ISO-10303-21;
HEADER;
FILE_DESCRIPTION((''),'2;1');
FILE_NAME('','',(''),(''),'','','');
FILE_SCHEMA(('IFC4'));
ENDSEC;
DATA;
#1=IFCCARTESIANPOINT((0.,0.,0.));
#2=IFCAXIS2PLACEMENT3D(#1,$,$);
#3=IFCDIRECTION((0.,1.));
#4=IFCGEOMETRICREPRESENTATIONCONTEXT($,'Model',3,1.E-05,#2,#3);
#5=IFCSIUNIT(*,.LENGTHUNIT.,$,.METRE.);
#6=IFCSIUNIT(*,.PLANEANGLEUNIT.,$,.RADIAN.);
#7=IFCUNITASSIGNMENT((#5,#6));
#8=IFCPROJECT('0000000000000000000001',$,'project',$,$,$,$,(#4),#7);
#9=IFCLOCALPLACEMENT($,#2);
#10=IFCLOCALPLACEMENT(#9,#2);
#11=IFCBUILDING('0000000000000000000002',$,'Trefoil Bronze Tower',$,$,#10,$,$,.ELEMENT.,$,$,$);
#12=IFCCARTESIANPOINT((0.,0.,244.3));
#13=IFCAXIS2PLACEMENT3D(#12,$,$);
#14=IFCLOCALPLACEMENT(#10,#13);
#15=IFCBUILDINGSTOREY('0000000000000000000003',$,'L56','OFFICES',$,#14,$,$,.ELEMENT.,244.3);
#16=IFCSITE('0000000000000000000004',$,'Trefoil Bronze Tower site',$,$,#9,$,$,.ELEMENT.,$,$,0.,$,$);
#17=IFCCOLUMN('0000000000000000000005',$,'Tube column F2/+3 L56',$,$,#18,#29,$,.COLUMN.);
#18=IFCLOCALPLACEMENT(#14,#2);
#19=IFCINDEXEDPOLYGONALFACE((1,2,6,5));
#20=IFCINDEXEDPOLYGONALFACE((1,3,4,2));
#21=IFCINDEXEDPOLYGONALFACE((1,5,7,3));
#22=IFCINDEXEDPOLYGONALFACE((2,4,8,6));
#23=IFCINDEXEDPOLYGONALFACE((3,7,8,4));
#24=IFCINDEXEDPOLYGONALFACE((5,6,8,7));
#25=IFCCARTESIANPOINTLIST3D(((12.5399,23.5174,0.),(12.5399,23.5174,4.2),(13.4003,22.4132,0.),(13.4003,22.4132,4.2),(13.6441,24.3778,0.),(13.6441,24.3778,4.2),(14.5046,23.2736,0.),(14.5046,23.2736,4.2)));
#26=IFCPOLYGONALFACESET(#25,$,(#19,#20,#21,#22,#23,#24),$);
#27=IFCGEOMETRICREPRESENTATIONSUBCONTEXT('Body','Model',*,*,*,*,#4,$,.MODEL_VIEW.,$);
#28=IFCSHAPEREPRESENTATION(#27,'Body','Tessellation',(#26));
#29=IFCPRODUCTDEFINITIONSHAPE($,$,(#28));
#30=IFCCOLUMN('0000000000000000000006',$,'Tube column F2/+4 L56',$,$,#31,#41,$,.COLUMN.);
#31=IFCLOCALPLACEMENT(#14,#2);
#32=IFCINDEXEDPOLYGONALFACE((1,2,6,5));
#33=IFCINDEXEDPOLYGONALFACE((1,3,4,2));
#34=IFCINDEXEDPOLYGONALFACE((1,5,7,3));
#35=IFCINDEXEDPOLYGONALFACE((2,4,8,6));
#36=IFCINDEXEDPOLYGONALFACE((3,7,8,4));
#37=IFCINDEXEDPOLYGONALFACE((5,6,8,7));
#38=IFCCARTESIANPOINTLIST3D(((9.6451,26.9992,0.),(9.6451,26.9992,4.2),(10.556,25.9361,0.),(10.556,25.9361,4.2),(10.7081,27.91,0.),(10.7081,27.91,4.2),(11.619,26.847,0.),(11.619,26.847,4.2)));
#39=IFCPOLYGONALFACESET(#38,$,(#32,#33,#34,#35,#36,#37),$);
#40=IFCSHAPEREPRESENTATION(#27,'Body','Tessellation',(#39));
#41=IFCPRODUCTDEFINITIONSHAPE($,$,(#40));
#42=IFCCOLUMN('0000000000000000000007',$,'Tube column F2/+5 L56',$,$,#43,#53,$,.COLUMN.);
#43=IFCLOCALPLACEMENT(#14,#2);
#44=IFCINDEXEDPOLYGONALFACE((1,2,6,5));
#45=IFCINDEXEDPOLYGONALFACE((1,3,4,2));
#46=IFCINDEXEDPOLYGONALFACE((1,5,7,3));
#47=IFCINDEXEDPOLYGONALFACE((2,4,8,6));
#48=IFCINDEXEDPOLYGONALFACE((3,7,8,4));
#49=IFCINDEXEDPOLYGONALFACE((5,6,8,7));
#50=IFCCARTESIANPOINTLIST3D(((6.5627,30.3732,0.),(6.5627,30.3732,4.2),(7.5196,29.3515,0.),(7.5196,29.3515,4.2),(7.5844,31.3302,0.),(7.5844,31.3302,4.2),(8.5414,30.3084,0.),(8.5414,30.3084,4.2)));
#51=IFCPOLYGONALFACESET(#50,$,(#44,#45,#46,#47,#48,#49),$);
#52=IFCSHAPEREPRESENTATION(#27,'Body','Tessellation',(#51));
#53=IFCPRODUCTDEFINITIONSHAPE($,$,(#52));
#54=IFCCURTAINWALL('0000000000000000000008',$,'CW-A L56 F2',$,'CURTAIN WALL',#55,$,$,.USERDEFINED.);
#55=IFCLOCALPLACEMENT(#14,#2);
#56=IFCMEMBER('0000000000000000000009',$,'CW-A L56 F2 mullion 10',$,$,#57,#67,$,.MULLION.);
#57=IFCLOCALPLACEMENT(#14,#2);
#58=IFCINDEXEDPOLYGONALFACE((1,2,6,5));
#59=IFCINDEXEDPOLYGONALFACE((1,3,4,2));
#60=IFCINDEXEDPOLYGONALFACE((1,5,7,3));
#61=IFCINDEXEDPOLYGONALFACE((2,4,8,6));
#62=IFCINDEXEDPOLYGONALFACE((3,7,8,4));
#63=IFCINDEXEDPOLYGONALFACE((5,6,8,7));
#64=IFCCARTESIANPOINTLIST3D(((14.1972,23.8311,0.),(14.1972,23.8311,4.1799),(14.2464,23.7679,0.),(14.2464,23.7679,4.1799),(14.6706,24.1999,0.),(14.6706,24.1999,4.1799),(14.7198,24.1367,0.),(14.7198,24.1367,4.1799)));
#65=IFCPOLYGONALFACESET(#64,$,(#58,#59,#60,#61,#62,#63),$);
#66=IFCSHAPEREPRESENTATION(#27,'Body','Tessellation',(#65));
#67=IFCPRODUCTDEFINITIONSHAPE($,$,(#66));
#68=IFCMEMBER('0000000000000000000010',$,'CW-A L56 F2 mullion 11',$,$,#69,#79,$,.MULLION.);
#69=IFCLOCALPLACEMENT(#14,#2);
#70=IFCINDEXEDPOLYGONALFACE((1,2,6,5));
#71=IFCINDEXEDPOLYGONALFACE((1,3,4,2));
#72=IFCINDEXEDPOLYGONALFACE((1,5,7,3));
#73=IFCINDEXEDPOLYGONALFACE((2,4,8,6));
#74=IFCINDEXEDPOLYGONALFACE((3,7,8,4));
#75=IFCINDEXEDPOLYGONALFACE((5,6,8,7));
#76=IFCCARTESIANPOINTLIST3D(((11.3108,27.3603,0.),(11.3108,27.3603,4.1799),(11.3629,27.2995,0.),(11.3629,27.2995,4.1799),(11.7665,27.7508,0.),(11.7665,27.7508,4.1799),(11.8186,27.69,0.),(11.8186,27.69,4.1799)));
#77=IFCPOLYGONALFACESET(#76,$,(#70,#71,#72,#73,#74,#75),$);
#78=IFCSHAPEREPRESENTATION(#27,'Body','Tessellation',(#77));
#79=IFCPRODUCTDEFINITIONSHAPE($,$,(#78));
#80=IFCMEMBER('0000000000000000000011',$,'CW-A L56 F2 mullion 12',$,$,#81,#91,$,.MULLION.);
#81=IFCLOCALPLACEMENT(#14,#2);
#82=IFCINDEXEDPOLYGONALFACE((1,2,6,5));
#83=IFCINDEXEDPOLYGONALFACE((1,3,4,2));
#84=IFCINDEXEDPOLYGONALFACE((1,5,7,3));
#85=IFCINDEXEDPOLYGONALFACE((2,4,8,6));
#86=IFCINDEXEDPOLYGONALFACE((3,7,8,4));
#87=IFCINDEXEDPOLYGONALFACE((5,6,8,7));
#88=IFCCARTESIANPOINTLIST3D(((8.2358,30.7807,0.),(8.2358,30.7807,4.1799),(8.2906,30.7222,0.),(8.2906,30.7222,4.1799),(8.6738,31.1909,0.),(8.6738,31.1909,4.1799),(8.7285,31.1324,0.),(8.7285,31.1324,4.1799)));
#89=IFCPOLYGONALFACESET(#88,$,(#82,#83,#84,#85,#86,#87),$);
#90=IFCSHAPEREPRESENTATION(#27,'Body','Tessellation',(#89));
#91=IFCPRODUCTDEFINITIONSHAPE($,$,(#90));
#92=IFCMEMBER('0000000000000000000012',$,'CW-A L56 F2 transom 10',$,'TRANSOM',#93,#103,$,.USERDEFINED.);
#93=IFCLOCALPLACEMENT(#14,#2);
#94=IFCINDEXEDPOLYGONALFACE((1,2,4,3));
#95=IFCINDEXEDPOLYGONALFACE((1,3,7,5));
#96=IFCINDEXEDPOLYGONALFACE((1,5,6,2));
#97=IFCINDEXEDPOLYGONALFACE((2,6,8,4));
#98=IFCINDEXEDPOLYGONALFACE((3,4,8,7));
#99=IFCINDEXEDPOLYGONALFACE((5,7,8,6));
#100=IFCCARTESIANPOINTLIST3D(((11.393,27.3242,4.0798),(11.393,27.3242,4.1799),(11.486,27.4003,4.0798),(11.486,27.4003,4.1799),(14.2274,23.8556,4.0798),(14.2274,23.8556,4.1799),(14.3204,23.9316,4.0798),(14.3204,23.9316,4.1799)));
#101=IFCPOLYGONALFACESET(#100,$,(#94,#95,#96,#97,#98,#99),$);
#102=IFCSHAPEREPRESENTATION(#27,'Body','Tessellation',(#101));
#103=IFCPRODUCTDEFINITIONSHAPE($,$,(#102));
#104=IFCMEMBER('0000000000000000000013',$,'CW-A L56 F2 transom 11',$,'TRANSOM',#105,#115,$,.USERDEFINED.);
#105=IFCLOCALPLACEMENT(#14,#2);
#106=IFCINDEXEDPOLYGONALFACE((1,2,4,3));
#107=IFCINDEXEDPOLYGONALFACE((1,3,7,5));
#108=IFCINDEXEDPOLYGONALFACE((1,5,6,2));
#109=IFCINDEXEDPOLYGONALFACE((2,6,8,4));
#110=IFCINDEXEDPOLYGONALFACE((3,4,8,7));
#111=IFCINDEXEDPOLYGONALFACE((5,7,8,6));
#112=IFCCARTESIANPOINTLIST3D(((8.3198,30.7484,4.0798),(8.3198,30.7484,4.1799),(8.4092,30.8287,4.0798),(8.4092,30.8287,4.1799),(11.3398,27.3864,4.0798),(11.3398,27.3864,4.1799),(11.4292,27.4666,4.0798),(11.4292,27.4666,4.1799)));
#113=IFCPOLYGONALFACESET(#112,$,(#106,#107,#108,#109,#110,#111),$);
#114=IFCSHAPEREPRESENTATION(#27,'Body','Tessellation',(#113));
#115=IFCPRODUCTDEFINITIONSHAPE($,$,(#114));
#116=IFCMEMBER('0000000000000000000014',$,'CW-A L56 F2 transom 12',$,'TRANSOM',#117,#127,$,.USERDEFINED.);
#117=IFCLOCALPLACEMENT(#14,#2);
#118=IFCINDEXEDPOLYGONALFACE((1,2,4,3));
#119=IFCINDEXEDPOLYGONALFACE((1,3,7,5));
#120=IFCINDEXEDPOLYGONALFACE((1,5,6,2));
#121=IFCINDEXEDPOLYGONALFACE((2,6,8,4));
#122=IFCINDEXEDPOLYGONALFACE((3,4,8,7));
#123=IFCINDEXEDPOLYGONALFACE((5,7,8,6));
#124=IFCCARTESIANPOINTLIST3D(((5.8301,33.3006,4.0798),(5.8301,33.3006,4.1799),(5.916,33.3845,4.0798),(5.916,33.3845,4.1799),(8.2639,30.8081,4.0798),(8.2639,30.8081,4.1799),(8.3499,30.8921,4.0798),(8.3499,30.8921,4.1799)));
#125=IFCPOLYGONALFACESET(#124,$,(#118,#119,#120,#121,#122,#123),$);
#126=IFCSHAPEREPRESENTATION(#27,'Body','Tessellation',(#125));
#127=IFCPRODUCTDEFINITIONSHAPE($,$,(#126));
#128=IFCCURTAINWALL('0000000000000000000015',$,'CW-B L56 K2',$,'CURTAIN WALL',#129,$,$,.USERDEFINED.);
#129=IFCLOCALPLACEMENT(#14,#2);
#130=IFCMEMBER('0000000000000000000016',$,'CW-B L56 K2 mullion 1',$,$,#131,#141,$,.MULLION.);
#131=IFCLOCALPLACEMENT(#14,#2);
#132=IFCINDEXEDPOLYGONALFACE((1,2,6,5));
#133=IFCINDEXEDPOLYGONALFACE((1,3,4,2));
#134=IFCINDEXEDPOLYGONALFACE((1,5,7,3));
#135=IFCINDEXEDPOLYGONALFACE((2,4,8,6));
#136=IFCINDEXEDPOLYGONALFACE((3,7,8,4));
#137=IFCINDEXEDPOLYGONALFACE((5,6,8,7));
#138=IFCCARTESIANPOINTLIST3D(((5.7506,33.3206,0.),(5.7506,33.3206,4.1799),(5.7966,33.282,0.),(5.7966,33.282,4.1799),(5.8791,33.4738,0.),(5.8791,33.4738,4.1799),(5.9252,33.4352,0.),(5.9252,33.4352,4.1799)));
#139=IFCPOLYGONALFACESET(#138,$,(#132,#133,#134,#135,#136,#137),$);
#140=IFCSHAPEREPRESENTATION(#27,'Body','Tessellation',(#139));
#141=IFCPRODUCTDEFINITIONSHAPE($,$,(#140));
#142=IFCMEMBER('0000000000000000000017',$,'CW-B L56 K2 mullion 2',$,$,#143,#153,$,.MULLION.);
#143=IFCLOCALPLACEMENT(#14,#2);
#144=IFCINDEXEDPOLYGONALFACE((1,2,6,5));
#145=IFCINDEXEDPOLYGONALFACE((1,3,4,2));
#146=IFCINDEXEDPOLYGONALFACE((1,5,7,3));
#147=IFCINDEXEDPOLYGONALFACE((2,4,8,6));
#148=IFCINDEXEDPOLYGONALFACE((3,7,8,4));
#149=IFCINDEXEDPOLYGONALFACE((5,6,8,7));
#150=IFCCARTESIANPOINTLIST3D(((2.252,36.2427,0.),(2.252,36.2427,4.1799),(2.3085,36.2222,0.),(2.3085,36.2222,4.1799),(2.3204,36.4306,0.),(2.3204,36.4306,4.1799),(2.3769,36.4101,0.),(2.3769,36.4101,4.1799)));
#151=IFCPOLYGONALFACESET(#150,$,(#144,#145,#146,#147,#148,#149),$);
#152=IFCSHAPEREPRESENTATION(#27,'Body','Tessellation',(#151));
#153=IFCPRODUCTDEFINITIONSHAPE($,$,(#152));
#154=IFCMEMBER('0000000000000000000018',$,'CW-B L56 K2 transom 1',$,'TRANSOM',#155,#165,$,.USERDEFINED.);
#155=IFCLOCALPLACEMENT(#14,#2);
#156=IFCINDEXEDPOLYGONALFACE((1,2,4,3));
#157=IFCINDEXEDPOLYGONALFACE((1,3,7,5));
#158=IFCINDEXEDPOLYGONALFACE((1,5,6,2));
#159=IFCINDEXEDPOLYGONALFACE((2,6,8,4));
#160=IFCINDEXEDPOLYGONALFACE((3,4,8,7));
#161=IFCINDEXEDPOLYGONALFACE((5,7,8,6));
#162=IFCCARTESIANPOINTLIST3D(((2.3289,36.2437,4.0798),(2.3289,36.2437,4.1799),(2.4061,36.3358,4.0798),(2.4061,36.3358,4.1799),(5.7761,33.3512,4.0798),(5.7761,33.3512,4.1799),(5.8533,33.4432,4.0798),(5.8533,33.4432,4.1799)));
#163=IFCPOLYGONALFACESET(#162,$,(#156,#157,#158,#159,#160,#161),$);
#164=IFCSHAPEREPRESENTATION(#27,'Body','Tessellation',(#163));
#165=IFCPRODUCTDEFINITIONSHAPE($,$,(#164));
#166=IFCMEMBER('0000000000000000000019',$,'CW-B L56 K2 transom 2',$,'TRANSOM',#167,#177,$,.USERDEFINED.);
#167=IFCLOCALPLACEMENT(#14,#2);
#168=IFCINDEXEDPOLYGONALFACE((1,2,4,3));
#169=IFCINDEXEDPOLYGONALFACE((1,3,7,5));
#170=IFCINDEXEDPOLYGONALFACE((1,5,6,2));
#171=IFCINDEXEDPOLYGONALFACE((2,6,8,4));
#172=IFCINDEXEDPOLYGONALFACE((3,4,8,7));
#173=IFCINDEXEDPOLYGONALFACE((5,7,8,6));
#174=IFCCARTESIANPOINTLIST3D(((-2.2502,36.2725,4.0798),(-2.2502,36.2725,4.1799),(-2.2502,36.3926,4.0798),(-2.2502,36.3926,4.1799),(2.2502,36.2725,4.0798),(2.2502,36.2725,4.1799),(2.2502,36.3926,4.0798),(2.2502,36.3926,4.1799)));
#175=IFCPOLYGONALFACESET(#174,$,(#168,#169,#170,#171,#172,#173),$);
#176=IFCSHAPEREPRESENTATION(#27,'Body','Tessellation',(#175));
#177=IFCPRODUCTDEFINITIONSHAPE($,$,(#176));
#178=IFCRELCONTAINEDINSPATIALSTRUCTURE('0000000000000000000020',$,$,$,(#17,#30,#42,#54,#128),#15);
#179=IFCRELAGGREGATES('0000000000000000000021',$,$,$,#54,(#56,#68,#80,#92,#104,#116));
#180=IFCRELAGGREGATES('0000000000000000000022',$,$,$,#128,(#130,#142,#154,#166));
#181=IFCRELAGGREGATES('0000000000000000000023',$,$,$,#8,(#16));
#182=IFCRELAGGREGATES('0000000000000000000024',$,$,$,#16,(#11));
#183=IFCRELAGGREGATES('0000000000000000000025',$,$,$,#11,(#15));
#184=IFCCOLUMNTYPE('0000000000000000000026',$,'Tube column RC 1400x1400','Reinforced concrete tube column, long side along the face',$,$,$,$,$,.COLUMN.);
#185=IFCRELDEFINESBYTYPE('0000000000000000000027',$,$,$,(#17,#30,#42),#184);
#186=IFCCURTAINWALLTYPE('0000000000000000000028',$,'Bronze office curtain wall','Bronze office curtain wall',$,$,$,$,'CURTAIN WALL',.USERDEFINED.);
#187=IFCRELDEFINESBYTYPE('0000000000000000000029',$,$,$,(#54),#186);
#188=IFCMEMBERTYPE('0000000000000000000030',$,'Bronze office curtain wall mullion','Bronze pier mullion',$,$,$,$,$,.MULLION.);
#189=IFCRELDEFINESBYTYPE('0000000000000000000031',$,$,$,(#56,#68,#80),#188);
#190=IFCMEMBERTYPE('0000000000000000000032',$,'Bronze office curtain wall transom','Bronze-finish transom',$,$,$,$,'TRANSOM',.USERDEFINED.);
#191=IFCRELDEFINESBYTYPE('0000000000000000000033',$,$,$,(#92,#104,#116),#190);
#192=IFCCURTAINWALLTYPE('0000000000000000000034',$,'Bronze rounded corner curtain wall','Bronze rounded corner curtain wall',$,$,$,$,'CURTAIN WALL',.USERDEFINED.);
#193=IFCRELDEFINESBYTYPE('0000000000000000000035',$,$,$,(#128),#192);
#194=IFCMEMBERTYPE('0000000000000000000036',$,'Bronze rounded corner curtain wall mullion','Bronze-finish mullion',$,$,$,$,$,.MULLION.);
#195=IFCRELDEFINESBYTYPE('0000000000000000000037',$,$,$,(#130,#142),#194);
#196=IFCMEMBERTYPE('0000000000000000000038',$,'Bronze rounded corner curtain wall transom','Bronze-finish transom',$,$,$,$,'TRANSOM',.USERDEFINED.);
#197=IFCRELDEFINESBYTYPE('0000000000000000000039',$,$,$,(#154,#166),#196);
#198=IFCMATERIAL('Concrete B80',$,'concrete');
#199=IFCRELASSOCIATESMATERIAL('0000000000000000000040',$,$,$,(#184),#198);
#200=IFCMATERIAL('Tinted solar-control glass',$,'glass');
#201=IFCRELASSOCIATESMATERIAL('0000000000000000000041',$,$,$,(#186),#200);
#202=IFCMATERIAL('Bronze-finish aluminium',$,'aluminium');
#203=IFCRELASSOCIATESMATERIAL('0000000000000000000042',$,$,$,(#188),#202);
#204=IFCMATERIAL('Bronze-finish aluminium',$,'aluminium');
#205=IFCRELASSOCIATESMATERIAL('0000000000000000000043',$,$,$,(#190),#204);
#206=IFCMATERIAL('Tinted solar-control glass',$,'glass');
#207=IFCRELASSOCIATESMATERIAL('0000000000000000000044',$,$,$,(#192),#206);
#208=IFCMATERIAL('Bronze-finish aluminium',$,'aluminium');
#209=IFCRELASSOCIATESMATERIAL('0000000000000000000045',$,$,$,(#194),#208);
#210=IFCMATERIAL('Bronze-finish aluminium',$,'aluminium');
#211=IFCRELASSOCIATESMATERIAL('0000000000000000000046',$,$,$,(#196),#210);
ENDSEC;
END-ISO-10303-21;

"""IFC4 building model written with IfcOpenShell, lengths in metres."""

from ifc_helpers import new_model, si_unit, direction, frame, origin, origin_2d, place, context, subcontext, project, spatial, rectangle, extrude, material, material_profile, profile_set, type_object, element, aggregate, save


model = new_model("IFC4")

# Units and contexts
model_context = context("Model", 3, precision=1e-05, world=origin(), true_north=direction((0.0, 1.0)))
body_context = subcontext(model_context, "Body", "Model", "MODEL_VIEW")
ifc_project = project(units=[si_unit("LENGTHUNIT", "METRE"), si_unit("PLANEANGLEUNIT", "RADIAN")], contexts=[model_context])

# Site, building, storey
site_placement = place(None, origin())
site = spatial("IfcSite", under=ifc_project, at=site_placement, Name="Trefoil Bronze Tower site", CompositionType="ELEMENT", RefElevation=0.0)
building_placement = place(site_placement, origin())
building = spatial("IfcBuilding", under=site, at=building_placement, Name="Trefoil Bronze Tower", CompositionType="ELEMENT")
storey_placement = place(building_placement, frame((0.0, 0.0, 244.3)))
storey = spatial("IfcBuildingStorey", under=building, at=storey_placement, Name="L56", Description="OFFICES", CompositionType="ELEMENT", Elevation=244.3)

# Columns
ifc_material_1 = material(Name="Concrete B80", Category="concrete")
ifc_material_profile_1 = material_profile(ifc_material_1, rectangle(XDim=1.3999, YDim=1.3999, at=origin_2d()), Name="RC 1400x1400")
ifc_profile_set_1 = profile_set([ifc_material_profile_1], Name="Concrete B80")
column_type = type_object("IfcColumnType", Name="Tube column RC 1400x1400", Description="Reinforced concrete tube column, long side along the face", PredefinedType="COLUMN", material=ifc_profile_set_1)
for number, where, z_axis, x_axis, name in (
    (1, (13.5222, 23.3955, 0.0), (0.0, 0.0, 1.0), (-0.614622, 0.788821, 0.0), "Tube column F2/+3 L56"),
    (2, (10.6321, 26.9231, 0.0), (0.0, 0.0, 1.0), (-0.650677, 0.759355, 0.0), "Tube column F2/+4 L56"),
    (3, (7.552, 30.3408, 0.0), (0.0, 0.0, 1.0), (-0.683597, 0.72986, 0.0), "Tube column F2/+5 L56"),
):
    element("IfcColumn", number, at=place(storey_placement, frame(where, z_axis=z_axis, x_axis=x_axis)), inside=storey, type_object=column_type, Name=name, PredefinedType="COLUMN", context=body_context, shape_type="SweptSolid", body=[
        extrude(rectangle(XDim=1.3999, YDim=1.3999, at=origin_2d()), origin(), (0.0, 0.0, 1.0), 4.2),
    ])

# Curtain walls, members
ifc_material_2 = material(Name="Tinted solar-control glass", Category="glass")
curtain_wall_type_1 = type_object("IfcCurtainWallType", Name="Bronze office curtain wall", Description="Bronze office curtain wall", ElementType="CURTAIN WALL", PredefinedType="USERDEFINED", material=ifc_material_2)
curtain_wall_1_placement = place(storey_placement, origin())
curtain_wall_1 = element("IfcCurtainWall", 4, at=curtain_wall_1_placement, inside=storey, type_object=curtain_wall_type_1, Name="CW-A L56 F2", ObjectType="CURTAIN WALL", PredefinedType="USERDEFINED")
ifc_material_3 = material(Name="Bronze-finish aluminium", Category="aluminium")
ifc_material_profile_2 = material_profile(ifc_material_3, rectangle(XDim=0.6001, YDim=0.0801, at=origin_2d()), Name="CW-A mullion")
ifc_profile_set_2 = profile_set([ifc_material_profile_2], Name="Bronze-finish aluminium")
member_type_1 = type_object("IfcMemberType", Name="Bronze office curtain wall mullion", Description="Bronze pier mullion", PredefinedType="MULLION", material=ifc_profile_set_2)
member_1_placement = place(storey_placement, frame((14.4585, 23.9839, 0.0), z_axis=(0.0, 0.0, 1.0), x_axis=(-0.788821, -0.614622, 0.0)))
member_1 = element("IfcMember", 5, at=member_1_placement, type_object=member_type_1, Name="CW-A L56 F2 mullion 10", PredefinedType="MULLION", context=body_context, shape_type="SweptSolid", body=[
    extrude(rectangle(XDim=0.6001, YDim=0.0801, at=origin_2d()), origin(), (0.0, 0.0, 1.0), 4.1799),
])
member_2_placement = place(storey_placement, frame((11.5647, 27.5251, 0.0), z_axis=(0.0, 0.0, 1.0), x_axis=(-0.759355, -0.650677, 0.0)))
member_2 = element("IfcMember", 6, at=member_2_placement, type_object=member_type_1, Name="CW-A L56 F2 mullion 11", PredefinedType="MULLION", context=body_context, shape_type="SweptSolid", body=[
    extrude(rectangle(XDim=0.6001, YDim=0.0801, at=origin_2d()), origin(), (0.0, 0.0, 1.0), 4.1799),
])
member_3_placement = place(storey_placement, frame((8.4822, 30.9565, 0.0), z_axis=(0.0, 0.0, 1.0), x_axis=(-0.72986, -0.683597, 0.0)))
member_3 = element("IfcMember", 7, at=member_3_placement, type_object=member_type_1, Name="CW-A L56 F2 mullion 12", PredefinedType="MULLION", context=body_context, shape_type="SweptSolid", body=[
    extrude(rectangle(XDim=0.6001, YDim=0.0801, at=origin_2d()), origin(), (0.0, 0.0, 1.0), 4.1799),
])
ifc_material_4 = material(Name="Bronze-finish aluminium", Category="aluminium")
ifc_material_profile_3 = material_profile(ifc_material_4, rectangle(XDim=0.1201, YDim=0.1001, at=origin_2d()), Name="CW-A transom")
ifc_profile_set_3 = profile_set([ifc_material_profile_3], Name="Bronze-finish aluminium")
member_type_2 = type_object("IfcMemberType", Name="Bronze office curtain wall transom", Description="Bronze-finish transom", ElementType="TRANSOM", PredefinedType="USERDEFINED", material=ifc_profile_set_3)
member_4_placement = place(storey_placement, frame((14.2739, 23.8936, 4.1299), z_axis=(-0.632757, 0.774351, 0.0), x_axis=(-0.774351, -0.632757, 0.0)))
member_4 = element("IfcMember", 8, at=member_4_placement, type_object=member_type_2, Name="CW-A L56 F2 transom 10", ObjectType="TRANSOM", PredefinedType="USERDEFINED", context=body_context, shape_type="SweptSolid", body=[
    extrude(rectangle(XDim=0.1201, YDim=0.1001, at=origin_2d()), origin(), (0.0, 0.0, 1.0), 4.4795),
])
member_5_placement = place(storey_placement, frame((11.3845, 27.4265, 4.1299), z_axis=(-0.668251, 0.743936, 0.0), x_axis=(-0.743936, -0.668251, 0.0)))
member_5 = element("IfcMember", 9, at=member_5_placement, type_object=member_type_2, Name="CW-A L56 F2 transom 11", ObjectType="TRANSOM", PredefinedType="USERDEFINED", context=body_context, shape_type="SweptSolid", body=[
    extrude(rectangle(XDim=0.1201, YDim=0.1001, at=origin_2d()), origin(), (0.0, 0.0, 1.0), 4.5193),
])
member_6_placement = place(storey_placement, frame((8.3069, 30.8501, 4.1299), z_axis=(-0.698647, 0.715467, 0.0), x_axis=(-0.715467, -0.698647, 0.0)))
member_6 = element("IfcMember", 10, at=member_6_placement, type_object=member_type_2, Name="CW-A L56 F2 transom 12", ObjectType="TRANSOM", PredefinedType="USERDEFINED", context=body_context, shape_type="SweptSolid", body=[
    extrude(rectangle(XDim=0.1201, YDim=0.1001, at=origin_2d()), origin(), (0.0, 0.0, 1.0), 3.4836),
])
ifc_material_5 = material(Name="Tinted solar-control glass", Category="glass")
curtain_wall_type_2 = type_object("IfcCurtainWallType", Name="Bronze rounded corner curtain wall", Description="Bronze rounded corner curtain wall", ElementType="CURTAIN WALL", PredefinedType="USERDEFINED", material=ifc_material_5)
curtain_wall_2_placement = place(storey_placement, origin())
curtain_wall_2 = element("IfcCurtainWall", 11, at=curtain_wall_2_placement, inside=storey, type_object=curtain_wall_type_2, Name="CW-B L56 K2", ObjectType="CURTAIN WALL", PredefinedType="USERDEFINED")
ifc_material_6 = material(Name="Bronze-finish aluminium", Category="aluminium")
ifc_material_profile_4 = material_profile(ifc_material_6, rectangle(XDim=0.2, YDim=0.0601, at=origin_2d()), Name="CW-B mullion")
ifc_profile_set_4 = profile_set([ifc_material_profile_4], Name="Bronze-finish aluminium")
member_type_3 = type_object("IfcMemberType", Name="Bronze rounded corner curtain wall mullion", Description="Bronze-finish mullion", PredefinedType="MULLION", material=ifc_profile_set_4)
member_7_placement = place(storey_placement, frame((5.8379, 33.3779, 0.0), z_axis=(0.0, 0.0, 1.0), x_axis=(-0.642788, -0.766044, 0.0)))
member_7 = element("IfcMember", 12, at=member_7_placement, type_object=member_type_3, Name="CW-B L56 K2 mullion 1", PredefinedType="MULLION", context=body_context, shape_type="SweptSolid", body=[
    extrude(rectangle(XDim=0.2, YDim=0.0601, at=origin_2d()), origin(), (0.0, 0.0, 1.0), 4.1799),
])
member_8_placement = place(storey_placement, frame((2.3145, 36.3264, 0.0), z_axis=(0.0, 0.0, 1.0), x_axis=(-0.34202, -0.939693, 0.0)))
member_8 = element("IfcMember", 13, at=member_8_placement, type_object=member_type_3, Name="CW-B L56 K2 mullion 2", PredefinedType="MULLION", context=body_context, shape_type="SweptSolid", body=[
    extrude(rectangle(XDim=0.2, YDim=0.0601, at=origin_2d()), origin(), (0.0, 0.0, 1.0), 4.1799),
])
ifc_material_7 = material(Name="Bronze-finish aluminium", Category="aluminium")
ifc_material_profile_5 = material_profile(ifc_material_7, rectangle(XDim=0.1201, YDim=0.1001, at=origin_2d()), Name="CW-B transom")
ifc_profile_set_5 = profile_set([ifc_material_profile_5], Name="Bronze-finish aluminium")
member_type_4 = type_object("IfcMemberType", Name="Bronze rounded corner curtain wall transom", Description="Bronze-finish transom", ElementType="TRANSOM", PredefinedType="USERDEFINED", material=ifc_profile_set_5)
member_9_placement = place(storey_placement, frame((5.8147, 33.3972, 4.1299), z_axis=(-0.766047, 0.642785, 0.0), x_axis=(-0.642785, -0.766047, 0.0)))
member_9 = element("IfcMember", 14, at=member_9_placement, type_object=member_type_4, Name="CW-B L56 K2 transom 1", ObjectType="TRANSOM", PredefinedType="USERDEFINED", context=body_context, shape_type="SweptSolid", body=[
    extrude(rectangle(XDim=0.1201, YDim=0.1001, at=origin_2d()), origin(), (0.0, 0.0, 1.0), 4.5),
])
member_10_placement = place(storey_placement, frame((2.2502, 36.3325, 4.1299), z_axis=(-1.0, 0.0, 0.0), x_axis=(0.0, -1.0, 0.0)))
member_10 = element("IfcMember", 15, at=member_10_placement, type_object=member_type_4, Name="CW-B L56 K2 transom 2", ObjectType="TRANSOM", PredefinedType="USERDEFINED", context=body_context, shape_type="SweptSolid", body=[
    extrude(rectangle(XDim=0.1201, YDim=0.1001, at=origin_2d()), origin(), (0.0, 0.0, 1.0), 4.5005),
])

aggregate(curtain_wall_1, [member_1, member_2, member_3, member_4, member_5, member_6])
aggregate(curtain_wall_2, [member_7, member_8, member_9, member_10])

save(model, "model.ifc")
